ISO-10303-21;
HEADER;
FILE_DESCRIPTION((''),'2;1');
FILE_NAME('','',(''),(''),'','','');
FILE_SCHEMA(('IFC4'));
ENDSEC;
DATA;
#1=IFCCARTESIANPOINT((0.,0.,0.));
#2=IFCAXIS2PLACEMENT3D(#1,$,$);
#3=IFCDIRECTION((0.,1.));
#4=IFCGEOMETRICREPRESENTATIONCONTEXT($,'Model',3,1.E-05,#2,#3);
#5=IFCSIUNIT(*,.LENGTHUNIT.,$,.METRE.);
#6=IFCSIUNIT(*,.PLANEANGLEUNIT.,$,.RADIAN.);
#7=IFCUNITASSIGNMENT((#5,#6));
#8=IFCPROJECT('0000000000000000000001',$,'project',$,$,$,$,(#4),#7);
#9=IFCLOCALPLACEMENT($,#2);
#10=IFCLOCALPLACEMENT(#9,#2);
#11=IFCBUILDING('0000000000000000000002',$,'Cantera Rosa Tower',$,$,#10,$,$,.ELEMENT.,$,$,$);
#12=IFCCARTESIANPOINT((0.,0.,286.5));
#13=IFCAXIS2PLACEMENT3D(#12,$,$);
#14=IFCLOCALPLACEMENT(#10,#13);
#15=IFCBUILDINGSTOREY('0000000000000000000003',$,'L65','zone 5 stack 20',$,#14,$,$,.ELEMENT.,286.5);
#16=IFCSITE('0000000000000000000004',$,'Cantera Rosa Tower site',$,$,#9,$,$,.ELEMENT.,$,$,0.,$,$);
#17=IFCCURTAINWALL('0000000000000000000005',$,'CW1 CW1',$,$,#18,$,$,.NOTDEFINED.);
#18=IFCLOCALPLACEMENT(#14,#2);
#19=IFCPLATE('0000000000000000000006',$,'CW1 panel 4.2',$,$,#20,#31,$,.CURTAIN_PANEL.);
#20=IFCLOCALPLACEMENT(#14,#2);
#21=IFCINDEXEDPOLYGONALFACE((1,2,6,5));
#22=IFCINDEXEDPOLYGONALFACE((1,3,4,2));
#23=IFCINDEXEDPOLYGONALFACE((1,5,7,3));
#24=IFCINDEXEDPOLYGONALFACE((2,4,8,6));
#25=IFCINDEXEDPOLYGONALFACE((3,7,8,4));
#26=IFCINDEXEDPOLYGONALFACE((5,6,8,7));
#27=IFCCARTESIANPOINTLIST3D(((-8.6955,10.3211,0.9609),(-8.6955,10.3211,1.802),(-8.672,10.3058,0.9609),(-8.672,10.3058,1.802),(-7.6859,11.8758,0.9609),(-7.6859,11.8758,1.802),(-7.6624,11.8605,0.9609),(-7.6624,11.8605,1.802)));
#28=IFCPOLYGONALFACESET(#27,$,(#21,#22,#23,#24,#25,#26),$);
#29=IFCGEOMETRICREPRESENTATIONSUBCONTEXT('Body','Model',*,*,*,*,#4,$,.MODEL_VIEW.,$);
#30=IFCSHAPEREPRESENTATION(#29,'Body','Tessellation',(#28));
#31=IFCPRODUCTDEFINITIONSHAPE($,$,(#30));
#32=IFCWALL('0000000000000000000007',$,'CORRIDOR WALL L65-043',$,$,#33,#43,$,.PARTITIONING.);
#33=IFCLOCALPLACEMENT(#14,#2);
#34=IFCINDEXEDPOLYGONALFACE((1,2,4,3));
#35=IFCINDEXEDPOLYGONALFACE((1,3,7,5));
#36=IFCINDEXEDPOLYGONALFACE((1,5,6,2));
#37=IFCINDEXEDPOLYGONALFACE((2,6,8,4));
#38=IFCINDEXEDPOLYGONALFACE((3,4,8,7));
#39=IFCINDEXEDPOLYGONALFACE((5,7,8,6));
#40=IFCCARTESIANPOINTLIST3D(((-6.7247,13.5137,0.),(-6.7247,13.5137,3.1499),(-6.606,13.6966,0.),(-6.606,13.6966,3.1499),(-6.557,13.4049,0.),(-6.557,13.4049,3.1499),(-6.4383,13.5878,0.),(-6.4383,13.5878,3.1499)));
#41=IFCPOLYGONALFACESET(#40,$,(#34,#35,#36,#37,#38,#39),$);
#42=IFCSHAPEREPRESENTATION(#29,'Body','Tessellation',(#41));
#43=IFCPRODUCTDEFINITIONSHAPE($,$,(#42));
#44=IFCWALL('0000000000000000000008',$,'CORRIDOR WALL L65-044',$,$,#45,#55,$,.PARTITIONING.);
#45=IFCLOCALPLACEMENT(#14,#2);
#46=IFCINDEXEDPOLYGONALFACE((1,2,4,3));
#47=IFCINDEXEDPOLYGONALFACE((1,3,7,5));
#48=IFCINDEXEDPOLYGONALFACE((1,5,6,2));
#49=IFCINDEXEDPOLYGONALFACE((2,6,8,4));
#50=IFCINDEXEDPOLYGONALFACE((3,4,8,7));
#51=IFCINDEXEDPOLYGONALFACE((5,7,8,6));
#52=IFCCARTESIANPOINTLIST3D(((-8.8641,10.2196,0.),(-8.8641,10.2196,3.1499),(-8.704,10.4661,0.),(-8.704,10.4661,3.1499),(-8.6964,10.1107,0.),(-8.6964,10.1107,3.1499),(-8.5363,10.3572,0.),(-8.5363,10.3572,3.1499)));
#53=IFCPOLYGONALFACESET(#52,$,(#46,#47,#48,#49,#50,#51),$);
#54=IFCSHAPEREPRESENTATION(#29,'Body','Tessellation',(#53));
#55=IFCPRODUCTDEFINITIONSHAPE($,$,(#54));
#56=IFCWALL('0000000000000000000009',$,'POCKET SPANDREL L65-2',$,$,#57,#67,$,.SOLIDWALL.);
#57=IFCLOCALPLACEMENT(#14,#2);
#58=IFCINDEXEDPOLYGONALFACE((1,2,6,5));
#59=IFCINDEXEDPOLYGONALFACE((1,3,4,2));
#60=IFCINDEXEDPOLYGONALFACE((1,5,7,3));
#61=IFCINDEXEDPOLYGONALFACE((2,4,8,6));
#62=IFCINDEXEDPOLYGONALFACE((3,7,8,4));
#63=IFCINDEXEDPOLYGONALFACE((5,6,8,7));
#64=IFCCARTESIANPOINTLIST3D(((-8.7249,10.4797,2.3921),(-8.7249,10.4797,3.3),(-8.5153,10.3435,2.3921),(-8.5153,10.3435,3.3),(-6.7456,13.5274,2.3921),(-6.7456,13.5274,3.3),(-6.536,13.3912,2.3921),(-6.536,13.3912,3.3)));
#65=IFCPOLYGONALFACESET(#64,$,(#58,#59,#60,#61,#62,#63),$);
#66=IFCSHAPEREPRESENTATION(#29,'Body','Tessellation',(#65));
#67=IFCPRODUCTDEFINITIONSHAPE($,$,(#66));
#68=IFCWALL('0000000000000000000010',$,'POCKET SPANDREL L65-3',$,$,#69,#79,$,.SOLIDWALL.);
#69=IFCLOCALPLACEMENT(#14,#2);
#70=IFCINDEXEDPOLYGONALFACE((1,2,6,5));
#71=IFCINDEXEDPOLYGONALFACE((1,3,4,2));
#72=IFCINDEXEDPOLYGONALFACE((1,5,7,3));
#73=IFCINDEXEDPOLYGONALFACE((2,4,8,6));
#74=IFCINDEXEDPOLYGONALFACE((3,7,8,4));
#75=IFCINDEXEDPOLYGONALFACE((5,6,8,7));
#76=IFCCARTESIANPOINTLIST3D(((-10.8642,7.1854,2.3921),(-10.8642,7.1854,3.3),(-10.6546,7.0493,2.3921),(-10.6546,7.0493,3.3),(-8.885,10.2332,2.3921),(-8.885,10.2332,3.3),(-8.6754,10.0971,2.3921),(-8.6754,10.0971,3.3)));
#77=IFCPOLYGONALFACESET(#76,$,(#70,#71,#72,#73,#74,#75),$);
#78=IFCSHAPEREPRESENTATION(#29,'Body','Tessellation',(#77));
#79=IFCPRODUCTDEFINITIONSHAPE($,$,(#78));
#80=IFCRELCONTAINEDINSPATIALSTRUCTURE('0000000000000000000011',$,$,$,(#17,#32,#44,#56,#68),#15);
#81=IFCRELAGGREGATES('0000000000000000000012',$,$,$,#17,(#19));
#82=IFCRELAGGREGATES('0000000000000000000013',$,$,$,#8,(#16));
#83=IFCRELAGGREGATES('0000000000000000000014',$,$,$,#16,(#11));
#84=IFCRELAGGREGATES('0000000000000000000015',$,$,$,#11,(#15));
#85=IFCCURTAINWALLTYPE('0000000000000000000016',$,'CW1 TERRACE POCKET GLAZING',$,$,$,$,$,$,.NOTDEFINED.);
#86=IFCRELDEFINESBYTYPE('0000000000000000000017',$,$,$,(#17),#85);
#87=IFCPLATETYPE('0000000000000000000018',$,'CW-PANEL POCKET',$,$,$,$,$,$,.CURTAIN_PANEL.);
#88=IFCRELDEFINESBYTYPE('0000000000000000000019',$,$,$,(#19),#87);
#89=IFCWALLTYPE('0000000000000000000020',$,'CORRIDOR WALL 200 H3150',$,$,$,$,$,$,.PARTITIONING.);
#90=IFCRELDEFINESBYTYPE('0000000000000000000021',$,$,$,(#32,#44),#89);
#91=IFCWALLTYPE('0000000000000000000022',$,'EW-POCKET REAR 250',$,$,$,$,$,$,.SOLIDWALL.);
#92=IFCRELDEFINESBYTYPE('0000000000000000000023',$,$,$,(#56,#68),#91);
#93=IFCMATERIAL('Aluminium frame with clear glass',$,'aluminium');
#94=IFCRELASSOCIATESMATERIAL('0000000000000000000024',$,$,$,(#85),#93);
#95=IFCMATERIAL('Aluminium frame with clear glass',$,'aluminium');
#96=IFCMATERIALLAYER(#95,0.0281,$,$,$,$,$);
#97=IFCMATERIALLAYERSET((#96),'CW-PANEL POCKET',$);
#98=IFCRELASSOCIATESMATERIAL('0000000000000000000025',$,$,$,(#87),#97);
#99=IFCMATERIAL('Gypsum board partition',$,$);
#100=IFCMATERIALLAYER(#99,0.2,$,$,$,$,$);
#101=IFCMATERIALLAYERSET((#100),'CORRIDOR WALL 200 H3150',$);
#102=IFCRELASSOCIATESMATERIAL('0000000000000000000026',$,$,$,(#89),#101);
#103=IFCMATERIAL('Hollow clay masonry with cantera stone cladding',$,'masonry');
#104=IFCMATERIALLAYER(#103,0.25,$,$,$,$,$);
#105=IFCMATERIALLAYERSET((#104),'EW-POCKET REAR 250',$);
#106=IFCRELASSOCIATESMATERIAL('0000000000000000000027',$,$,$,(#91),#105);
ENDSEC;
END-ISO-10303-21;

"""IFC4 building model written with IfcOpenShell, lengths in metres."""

from ifc_helpers import new_model, si_unit, direction, frame, frame_2d, origin, origin_2d, place, context, subcontext, project, spatial, rectangle, extrude, material, layer, layer_set, type_object, element, aggregate, save


model = new_model("IFC4")

# Units and contexts
model_context = context("Model", 3, precision=1e-05, world=origin(), true_north=direction((0.0, 1.0)))
body_context = subcontext(model_context, "Body", "Model", "MODEL_VIEW")
ifc_project = project(units=[si_unit("LENGTHUNIT", "METRE"), si_unit("PLANEANGLEUNIT", "RADIAN")], contexts=[model_context])

# Site, building, storey
site_placement = place(None, origin())
site = spatial("IfcSite", under=ifc_project, at=site_placement, Name="Cantera Rosa Tower site", CompositionType="ELEMENT", RefElevation=0.0)
building_placement = place(site_placement, origin())
building = spatial("IfcBuilding", under=site, at=building_placement, Name="Cantera Rosa Tower", CompositionType="ELEMENT")
storey_placement = place(building_placement, frame((0.0, 0.0, 286.5)))
storey = spatial("IfcBuildingStorey", under=building, at=storey_placement, Name="L65", Description="zone 5 stack 20", CompositionType="ELEMENT", Elevation=286.5)

# Curtain wall
ifc_material_1 = material(Name="Aluminium frame with clear glass", Category="aluminium")
curtain_wall_type = type_object("IfcCurtainWallType", Name="CW1 TERRACE POCKET GLAZING", PredefinedType="NOTDEFINED", material=ifc_material_1)
curtain_wall_placement = place(storey_placement, origin())
curtain_wall = element("IfcCurtainWall", 1, at=curtain_wall_placement, inside=storey, type_object=curtain_wall_type, Name="CW1 CW1", PredefinedType="NOTDEFINED")

# Plate
ifc_material_2 = material(Name="Aluminium frame with clear glass", Category="aluminium")
ifc_layer_1 = layer(ifc_material_2, 0.0281)
ifc_layer_set_1 = layer_set([ifc_layer_1], Name="CW-PANEL POCKET")
plate_type = type_object("IfcPlateType", Name="CW-PANEL POCKET", PredefinedType="CURTAIN_PANEL", material=ifc_layer_set_1)
plate_1_placement = place(storey_placement, frame((-8.179, 11.0908, 0.9609), z_axis=(0.0, 0.0, 1.0), x_axis=(-0.544639, -0.838671, 0.0)))
plate_1 = element("IfcPlate", 2, at=plate_1_placement, type_object=plate_type, Name="CW1 panel 4.2", PredefinedType="CURTAIN_PANEL", context=body_context, shape_type="SweptSolid", body=[
    extrude(rectangle(XDim=1.8538, YDim=0.0281, at=origin_2d()), origin(), (0.0, 0.0, 1.0), 0.8411),
])
aggregate(curtain_wall, [plate_1])

# Walls
ifc_material_3 = material(Name="Gypsum board partition")
ifc_layer_2 = layer(ifc_material_3, 0.2)
ifc_layer_set_2 = layer_set([ifc_layer_2], Name="CORRIDOR WALL 200 H3150")
wall_type_1 = type_object("IfcWallType", Name="CORRIDOR WALL 200 H3150", PredefinedType="PARTITIONING", material=ifc_layer_set_2)
wall_1_placement = place(storey_placement, frame((-6.5222, 13.6421, 0.0), z_axis=(0.0, 0.0, 1.0), x_axis=(-0.544319, -0.838878, 0.0)))
element("IfcWall", 3, at=wall_1_placement, inside=storey, type_object=wall_type_1, Name="CORRIDOR WALL L65-043", PredefinedType="PARTITIONING", context=body_context, shape_type="SweptSolid", body=[
    extrude(rectangle(XDim=0.218, YDim=0.2, at=frame_2d((0.1089, 0.0))), origin(), (0.0, 0.0, 1.0), 3.1499),
])
wall_2_placement = place(storey_placement, frame((-8.6201, 10.4116, 0.0), z_axis=(0.0, 0.0, 1.0), x_axis=(-0.544696, -0.838633, 0.0)))
element("IfcWall", 4, at=wall_2_placement, inside=storey, type_object=wall_type_1, Name="CORRIDOR WALL L65-044", PredefinedType="PARTITIONING", context=body_context, shape_type="SweptSolid", body=[
    extrude(rectangle(XDim=0.2939, YDim=0.2, at=frame_2d((0.147, 0.0))), origin(), (0.0, 0.0, 1.0), 3.1499),
])
ifc_material_4 = material(Name="Hollow clay masonry with cantera stone cladding", Category="masonry")
ifc_layer_3 = layer(ifc_material_4, 0.25)
ifc_layer_set_3 = layer_set([ifc_layer_3], Name="EW-POCKET REAR 250")
wall_type_2 = type_object("IfcWallType", Name="EW-POCKET REAR 250", PredefinedType="SOLIDWALL", material=ifc_layer_set_3)
for number, where, z_axis, x_axis, name in (
    (5, (-6.6409, 13.4592, 2.3921), (0.0, 0.0, 1.0), (-0.54466, -0.838657, 0.0), "POCKET SPANDREL L65-2"),
    (6, (-8.7803, 10.165, 2.3921), (0.0, 0.0, 1.0), (-0.544629, -0.838677, 0.0), "POCKET SPANDREL L65-3"),
):
    element("IfcWall", number, at=place(storey_placement, frame(where, z_axis=z_axis, x_axis=x_axis)), inside=storey, type_object=wall_type_2, Name=name, PredefinedType="SOLIDWALL", context=body_context, shape_type="SweptSolid", body=[
        extrude(rectangle(XDim=3.634, YDim=0.25, at=frame_2d((1.8169, 0.0))), origin(), (0.0, 0.0, 1.0), 0.908),
    ])

save(model, "model.ifc")
